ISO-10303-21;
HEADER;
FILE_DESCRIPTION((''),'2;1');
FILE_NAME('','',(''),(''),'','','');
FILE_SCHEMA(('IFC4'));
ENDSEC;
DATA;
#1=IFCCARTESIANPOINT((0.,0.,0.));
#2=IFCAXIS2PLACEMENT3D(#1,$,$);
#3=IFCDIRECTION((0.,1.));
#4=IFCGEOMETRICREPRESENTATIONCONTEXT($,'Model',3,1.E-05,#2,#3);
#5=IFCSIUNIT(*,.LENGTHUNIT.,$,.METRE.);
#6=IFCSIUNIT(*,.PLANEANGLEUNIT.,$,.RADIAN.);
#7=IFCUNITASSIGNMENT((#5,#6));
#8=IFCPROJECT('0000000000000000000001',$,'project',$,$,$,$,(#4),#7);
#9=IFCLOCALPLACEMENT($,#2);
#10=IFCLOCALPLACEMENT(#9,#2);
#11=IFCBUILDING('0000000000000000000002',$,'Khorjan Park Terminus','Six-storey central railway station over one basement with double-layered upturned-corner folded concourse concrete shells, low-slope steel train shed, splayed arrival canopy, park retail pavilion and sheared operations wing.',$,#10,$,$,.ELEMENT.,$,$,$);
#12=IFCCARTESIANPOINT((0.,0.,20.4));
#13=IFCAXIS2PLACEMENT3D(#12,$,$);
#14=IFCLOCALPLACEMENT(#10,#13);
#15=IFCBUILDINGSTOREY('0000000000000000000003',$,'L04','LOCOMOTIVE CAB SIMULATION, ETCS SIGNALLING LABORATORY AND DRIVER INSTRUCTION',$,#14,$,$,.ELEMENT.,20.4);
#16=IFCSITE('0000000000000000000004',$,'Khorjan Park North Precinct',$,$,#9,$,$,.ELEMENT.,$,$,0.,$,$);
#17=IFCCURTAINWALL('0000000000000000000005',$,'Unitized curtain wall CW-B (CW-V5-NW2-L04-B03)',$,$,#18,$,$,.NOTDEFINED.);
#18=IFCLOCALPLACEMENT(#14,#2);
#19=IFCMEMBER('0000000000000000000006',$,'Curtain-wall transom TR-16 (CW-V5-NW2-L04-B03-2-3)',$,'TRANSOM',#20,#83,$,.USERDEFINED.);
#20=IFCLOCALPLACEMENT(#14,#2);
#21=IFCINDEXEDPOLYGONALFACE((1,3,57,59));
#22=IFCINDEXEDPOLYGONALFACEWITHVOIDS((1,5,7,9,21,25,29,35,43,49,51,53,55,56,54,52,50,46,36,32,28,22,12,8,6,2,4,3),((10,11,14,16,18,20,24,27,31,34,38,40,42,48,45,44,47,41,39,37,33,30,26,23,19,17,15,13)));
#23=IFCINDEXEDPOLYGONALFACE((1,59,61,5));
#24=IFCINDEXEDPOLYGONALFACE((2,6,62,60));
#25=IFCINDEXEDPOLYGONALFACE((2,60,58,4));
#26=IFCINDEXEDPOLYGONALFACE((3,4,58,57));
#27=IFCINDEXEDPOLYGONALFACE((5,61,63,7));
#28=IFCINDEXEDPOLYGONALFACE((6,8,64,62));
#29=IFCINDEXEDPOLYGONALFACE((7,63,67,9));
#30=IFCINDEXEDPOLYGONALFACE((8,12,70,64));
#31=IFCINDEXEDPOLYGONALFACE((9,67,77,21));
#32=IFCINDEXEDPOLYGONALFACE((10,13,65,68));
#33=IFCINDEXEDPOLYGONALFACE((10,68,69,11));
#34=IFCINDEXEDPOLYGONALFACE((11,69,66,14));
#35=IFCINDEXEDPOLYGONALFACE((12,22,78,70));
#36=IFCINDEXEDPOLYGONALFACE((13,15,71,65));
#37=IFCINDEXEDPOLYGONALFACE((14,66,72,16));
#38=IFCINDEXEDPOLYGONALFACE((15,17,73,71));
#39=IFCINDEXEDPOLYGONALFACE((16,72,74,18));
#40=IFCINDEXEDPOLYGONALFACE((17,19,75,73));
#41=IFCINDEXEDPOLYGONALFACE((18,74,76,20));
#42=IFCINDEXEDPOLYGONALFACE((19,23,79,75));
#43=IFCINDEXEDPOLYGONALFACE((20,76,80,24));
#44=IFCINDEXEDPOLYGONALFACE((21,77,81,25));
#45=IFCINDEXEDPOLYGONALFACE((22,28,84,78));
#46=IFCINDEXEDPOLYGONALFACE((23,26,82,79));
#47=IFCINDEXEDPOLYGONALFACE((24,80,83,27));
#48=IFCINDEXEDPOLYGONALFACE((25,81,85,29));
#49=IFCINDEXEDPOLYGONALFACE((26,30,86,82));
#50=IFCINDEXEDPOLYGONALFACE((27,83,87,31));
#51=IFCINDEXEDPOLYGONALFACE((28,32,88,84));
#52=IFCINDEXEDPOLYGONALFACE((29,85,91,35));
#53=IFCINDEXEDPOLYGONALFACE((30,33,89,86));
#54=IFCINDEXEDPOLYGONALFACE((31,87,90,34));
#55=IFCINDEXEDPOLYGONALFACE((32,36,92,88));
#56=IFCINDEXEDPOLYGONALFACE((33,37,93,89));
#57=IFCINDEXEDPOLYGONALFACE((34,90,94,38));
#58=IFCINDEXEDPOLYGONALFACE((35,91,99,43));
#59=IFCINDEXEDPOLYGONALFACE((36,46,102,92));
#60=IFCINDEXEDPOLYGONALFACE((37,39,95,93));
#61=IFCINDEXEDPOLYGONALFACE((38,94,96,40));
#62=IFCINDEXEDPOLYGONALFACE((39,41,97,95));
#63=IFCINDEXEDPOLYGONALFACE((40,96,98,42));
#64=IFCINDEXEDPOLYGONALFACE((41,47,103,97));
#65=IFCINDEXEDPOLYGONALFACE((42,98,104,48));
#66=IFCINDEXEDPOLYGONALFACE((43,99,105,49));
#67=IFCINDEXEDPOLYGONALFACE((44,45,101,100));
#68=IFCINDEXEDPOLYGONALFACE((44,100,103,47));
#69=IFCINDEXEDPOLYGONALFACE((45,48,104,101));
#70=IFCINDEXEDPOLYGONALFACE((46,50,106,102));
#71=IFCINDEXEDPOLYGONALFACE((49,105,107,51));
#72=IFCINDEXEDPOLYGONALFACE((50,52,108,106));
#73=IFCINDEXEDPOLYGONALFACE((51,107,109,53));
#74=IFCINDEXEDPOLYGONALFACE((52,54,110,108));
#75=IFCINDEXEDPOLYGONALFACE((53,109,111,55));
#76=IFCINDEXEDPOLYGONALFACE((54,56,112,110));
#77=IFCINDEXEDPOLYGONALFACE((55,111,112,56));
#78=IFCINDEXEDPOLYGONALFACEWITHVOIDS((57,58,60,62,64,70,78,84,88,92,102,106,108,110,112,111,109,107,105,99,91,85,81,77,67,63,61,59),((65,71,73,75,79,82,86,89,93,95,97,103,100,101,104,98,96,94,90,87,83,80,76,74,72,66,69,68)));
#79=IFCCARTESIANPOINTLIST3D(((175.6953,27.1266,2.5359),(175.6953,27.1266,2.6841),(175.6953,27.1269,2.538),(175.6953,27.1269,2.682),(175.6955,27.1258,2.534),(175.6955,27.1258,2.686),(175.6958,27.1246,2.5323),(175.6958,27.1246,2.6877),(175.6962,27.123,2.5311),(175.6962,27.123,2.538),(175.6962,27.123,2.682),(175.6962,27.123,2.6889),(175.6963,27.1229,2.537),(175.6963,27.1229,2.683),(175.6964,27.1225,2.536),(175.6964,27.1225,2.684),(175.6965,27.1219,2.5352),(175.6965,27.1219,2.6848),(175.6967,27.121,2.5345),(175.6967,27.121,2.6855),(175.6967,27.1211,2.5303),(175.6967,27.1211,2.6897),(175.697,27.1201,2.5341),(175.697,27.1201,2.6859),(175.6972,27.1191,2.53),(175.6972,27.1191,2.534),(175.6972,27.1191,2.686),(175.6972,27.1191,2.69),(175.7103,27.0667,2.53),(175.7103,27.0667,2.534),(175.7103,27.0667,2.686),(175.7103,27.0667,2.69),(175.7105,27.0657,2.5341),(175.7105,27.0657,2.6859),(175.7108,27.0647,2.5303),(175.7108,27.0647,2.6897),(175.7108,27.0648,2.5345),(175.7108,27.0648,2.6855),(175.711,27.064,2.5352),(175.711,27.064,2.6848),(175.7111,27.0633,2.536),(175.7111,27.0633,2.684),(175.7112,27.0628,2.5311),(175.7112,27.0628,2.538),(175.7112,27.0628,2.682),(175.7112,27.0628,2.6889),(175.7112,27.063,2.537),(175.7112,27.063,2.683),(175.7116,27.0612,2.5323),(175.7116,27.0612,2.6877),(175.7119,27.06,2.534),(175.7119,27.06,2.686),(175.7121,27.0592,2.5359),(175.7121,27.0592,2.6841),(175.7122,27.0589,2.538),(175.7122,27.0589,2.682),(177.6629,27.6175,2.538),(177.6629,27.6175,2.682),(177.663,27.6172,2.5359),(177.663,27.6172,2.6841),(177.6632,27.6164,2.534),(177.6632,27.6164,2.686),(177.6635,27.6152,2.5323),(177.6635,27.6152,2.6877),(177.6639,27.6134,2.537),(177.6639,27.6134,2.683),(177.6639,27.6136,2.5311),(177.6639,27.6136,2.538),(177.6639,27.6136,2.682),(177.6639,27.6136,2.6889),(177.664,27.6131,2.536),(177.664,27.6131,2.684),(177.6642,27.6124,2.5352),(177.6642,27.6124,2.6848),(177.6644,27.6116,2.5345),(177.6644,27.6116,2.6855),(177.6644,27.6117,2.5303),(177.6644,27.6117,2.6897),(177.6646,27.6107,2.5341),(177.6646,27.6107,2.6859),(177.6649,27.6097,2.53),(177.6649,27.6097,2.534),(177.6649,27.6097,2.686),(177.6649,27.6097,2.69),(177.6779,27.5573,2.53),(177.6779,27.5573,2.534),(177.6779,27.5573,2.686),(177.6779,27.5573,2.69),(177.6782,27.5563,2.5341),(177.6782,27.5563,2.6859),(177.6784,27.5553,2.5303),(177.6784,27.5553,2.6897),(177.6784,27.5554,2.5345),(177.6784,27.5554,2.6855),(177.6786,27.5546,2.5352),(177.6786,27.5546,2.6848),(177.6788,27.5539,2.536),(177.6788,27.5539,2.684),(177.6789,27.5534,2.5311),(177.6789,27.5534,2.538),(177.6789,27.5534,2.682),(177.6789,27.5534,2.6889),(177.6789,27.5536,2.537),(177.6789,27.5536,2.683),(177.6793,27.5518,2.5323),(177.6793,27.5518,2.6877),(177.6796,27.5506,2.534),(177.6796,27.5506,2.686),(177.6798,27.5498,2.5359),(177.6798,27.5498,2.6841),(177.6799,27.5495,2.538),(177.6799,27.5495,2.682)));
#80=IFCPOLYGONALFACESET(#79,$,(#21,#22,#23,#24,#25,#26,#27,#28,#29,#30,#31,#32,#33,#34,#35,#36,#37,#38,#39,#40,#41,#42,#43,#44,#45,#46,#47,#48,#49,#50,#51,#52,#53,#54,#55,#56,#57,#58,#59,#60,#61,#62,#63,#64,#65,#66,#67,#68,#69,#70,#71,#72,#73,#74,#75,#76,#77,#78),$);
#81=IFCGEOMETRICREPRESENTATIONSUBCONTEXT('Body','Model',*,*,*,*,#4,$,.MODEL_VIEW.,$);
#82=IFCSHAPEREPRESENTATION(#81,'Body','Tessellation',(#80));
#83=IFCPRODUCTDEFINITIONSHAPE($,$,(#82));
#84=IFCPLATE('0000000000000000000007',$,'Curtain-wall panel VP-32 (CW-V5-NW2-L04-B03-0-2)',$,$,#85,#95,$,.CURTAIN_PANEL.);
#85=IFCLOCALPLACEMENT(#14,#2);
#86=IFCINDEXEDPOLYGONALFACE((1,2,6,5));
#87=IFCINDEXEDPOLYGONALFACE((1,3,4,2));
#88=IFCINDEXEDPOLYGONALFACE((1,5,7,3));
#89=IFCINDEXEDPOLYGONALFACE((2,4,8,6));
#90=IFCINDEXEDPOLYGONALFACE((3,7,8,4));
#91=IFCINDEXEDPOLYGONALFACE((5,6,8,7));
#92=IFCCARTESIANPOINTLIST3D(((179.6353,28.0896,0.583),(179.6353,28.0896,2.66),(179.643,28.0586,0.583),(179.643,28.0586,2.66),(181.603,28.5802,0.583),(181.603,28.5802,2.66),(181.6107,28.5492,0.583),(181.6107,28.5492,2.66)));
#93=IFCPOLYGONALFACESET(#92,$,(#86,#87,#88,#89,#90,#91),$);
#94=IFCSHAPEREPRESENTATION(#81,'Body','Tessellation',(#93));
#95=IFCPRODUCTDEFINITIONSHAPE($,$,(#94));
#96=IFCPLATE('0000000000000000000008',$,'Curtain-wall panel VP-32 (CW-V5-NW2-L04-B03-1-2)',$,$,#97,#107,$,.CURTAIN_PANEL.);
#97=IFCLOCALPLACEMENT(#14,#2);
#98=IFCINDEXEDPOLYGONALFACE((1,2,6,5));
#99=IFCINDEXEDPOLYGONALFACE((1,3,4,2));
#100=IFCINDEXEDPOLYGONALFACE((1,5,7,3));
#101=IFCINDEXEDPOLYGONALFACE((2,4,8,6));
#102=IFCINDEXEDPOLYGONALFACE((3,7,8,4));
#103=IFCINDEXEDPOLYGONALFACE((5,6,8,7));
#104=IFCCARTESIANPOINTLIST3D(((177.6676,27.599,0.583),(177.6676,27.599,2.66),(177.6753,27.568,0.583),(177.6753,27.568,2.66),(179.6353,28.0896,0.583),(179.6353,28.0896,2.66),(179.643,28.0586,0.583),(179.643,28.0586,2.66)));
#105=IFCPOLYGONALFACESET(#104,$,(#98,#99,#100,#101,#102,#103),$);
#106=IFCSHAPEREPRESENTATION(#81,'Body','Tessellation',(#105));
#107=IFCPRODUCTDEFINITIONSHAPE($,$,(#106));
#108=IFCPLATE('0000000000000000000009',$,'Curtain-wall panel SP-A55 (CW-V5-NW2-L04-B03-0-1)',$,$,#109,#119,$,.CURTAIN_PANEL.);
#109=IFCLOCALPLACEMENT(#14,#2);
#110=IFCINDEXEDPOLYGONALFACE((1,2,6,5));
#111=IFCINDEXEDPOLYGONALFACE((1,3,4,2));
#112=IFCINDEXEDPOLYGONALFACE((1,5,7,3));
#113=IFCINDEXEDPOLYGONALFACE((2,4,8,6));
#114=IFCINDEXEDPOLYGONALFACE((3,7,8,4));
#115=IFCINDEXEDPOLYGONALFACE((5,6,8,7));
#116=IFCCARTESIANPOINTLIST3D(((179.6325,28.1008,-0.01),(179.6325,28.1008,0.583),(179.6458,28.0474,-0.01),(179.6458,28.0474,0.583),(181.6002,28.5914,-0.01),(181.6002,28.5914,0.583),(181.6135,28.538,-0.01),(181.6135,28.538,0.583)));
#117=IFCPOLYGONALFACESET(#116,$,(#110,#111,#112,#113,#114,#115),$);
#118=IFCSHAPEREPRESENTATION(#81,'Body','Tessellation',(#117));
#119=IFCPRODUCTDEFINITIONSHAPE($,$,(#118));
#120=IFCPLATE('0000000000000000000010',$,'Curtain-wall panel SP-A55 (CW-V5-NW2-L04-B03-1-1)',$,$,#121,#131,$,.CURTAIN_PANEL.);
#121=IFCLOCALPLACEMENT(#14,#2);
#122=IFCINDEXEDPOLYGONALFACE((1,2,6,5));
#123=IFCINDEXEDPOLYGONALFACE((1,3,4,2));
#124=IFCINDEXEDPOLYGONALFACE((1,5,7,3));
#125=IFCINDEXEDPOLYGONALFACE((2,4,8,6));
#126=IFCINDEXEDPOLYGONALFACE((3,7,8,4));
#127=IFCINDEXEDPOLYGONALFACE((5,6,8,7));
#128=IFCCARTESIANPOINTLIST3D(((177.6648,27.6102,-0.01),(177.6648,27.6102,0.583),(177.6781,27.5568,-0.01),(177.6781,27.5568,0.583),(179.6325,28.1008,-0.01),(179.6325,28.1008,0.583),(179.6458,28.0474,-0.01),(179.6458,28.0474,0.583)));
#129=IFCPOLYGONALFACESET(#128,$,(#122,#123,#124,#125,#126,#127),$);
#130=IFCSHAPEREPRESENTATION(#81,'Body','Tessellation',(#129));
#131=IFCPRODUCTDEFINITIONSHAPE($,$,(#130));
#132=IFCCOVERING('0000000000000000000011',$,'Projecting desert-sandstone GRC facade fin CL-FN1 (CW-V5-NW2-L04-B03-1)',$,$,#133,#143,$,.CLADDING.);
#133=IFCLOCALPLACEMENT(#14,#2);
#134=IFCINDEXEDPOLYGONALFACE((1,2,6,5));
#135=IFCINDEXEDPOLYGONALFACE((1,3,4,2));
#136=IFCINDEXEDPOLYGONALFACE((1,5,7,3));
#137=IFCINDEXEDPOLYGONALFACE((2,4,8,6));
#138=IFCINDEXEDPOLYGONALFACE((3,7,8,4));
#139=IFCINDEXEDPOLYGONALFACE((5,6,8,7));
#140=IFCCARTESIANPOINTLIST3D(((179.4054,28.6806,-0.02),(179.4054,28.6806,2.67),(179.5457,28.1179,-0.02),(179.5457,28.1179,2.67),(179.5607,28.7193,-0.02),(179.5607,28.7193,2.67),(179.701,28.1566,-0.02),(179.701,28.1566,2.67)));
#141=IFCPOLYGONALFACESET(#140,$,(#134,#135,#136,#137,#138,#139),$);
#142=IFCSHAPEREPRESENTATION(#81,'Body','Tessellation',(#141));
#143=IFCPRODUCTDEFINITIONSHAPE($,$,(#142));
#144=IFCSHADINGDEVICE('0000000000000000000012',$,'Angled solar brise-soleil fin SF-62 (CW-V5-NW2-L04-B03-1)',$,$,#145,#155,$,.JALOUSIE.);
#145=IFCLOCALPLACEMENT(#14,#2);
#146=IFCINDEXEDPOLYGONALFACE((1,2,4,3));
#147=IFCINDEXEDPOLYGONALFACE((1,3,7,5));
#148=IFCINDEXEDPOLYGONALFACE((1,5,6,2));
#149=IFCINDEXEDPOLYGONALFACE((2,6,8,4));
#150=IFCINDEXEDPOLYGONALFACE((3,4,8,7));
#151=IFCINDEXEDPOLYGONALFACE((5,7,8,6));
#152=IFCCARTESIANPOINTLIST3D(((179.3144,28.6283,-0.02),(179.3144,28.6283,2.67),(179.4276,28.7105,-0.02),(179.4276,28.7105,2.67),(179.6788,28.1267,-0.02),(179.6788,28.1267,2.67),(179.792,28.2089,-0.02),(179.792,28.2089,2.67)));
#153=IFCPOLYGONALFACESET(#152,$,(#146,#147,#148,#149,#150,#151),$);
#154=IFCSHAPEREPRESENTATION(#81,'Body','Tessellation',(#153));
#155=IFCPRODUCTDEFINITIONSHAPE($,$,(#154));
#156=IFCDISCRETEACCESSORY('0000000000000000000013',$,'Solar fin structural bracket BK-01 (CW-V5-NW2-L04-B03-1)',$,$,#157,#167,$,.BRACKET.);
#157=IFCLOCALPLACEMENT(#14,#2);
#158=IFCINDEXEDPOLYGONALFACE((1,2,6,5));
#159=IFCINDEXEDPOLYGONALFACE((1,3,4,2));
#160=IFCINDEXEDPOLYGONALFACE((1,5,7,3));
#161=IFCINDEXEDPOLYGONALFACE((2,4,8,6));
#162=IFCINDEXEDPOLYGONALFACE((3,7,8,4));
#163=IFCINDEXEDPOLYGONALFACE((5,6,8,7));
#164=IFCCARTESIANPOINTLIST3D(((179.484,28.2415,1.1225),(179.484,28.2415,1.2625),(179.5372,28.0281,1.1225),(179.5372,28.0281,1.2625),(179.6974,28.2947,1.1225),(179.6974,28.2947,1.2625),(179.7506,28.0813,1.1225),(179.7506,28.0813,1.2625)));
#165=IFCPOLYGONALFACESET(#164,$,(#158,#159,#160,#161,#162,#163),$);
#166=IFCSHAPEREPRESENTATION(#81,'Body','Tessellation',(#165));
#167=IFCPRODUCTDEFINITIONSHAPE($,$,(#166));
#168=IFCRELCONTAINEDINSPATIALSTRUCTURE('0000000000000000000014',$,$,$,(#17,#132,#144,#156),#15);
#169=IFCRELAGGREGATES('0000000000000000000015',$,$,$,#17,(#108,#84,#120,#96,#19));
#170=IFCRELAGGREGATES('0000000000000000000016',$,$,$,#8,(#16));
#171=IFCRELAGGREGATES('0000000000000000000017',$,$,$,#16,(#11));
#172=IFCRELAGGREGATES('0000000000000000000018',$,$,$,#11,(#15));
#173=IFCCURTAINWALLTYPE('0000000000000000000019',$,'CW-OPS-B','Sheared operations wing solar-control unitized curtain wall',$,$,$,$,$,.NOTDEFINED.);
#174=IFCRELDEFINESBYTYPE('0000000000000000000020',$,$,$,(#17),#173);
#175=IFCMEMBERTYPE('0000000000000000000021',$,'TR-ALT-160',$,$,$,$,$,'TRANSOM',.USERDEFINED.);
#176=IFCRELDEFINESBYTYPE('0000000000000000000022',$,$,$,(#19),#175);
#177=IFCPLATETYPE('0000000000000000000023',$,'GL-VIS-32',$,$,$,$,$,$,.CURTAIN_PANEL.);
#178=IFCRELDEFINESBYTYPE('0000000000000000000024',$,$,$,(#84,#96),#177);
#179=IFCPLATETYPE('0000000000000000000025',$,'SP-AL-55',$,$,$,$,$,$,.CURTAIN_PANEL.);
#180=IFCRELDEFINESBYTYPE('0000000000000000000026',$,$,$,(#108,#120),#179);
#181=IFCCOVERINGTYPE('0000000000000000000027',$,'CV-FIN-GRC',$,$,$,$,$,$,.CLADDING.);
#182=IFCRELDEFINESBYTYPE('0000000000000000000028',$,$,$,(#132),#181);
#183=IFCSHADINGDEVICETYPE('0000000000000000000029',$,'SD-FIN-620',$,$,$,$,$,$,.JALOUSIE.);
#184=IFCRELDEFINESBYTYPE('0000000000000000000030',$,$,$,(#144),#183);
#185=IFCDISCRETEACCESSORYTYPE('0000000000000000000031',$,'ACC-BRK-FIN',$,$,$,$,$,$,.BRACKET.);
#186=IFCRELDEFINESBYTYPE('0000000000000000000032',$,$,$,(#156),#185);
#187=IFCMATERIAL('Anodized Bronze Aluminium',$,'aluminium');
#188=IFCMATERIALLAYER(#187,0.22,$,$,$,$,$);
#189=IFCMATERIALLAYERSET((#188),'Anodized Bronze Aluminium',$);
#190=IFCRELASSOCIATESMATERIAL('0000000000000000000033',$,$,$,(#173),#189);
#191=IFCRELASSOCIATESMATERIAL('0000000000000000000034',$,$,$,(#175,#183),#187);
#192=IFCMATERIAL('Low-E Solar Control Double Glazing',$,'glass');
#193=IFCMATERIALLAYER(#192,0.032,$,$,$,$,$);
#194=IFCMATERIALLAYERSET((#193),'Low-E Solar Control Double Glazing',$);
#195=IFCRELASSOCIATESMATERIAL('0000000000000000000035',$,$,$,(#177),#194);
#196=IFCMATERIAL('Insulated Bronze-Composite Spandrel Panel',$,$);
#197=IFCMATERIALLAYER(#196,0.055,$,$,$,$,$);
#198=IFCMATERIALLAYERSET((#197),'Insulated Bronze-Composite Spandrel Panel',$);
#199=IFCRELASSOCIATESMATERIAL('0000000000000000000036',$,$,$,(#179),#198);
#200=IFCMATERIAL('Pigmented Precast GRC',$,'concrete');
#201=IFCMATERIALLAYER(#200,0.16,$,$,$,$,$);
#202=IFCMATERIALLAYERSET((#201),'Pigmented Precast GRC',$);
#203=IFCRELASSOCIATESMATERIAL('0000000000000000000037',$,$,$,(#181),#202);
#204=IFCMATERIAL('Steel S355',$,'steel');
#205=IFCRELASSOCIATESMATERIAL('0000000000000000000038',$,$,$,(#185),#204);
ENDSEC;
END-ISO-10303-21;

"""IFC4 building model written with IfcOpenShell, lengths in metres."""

from ifc_helpers import new_model, si_unit, direction, frame, origin, origin_2d, place, context, subcontext, project, spatial, rectangle, hollow_rectangle, extrude, material, layer, layer_set, material_profile, profile_set, type_object, element, aggregate, save


model = new_model("IFC4")

# Units and contexts
model_context = context("Model", 3, precision=1e-05, world=origin(), true_north=direction((0.0, 1.0)))
body_context = subcontext(model_context, "Body", "Model", "MODEL_VIEW")
ifc_project = project(units=[si_unit("LENGTHUNIT", "METRE"), si_unit("PLANEANGLEUNIT", "RADIAN")], contexts=[model_context])

# Site, building, storey
site_placement = place(None, origin())
site = spatial("IfcSite", under=ifc_project, at=site_placement, Name="Khorjan Park North Precinct", CompositionType="ELEMENT", RefElevation=0.0)
building_placement = place(site_placement, origin())
building = spatial("IfcBuilding", under=site, at=building_placement, Name="Khorjan Park Terminus", Description="Six-storey central railway station over one basement with double-layered upturned-corner folded concourse concrete shells, low-slope steel train shed, splayed arrival canopy, park retail pavilion and sheared operations wing.", CompositionType="ELEMENT")
storey_placement = place(building_placement, frame((0.0, 0.0, 20.4)))
storey = spatial("IfcBuildingStorey", under=building, at=storey_placement, Name="L04", Description="LOCOMOTIVE CAB SIMULATION, ETCS SIGNALLING LABORATORY AND DRIVER INSTRUCTION", CompositionType="ELEMENT", Elevation=20.4)

# Curtain wall, member, plates
ifc_material_1 = material(Name="Anodized Bronze Aluminium", Category="aluminium")
ifc_layer_1 = layer(ifc_material_1, 0.22)
ifc_layer_set_1 = layer_set([ifc_layer_1], Name="Anodized Bronze Aluminium")
curtain_wall_type = type_object("IfcCurtainWallType", Name="CW-OPS-B", Description="Sheared operations wing solar-control unitized curtain wall", PredefinedType="NOTDEFINED", material=ifc_layer_set_1)
curtain_wall_placement = place(storey_placement, origin())
curtain_wall = element("IfcCurtainWall", 1, at=curtain_wall_placement, inside=storey, type_object=curtain_wall_type, Name="Unitized curtain wall CW-B (CW-V5-NW2-L04-B03)", PredefinedType="NOTDEFINED")
ifc_material_profile_1 = material_profile(ifc_material_1, hollow_rectangle(XDim=0.07, YDim=0.16, WallThickness=0.004, InnerFilletRadius=0.004, OuterFilletRadius=0.008, at=origin_2d()), Name="ALT 70x160x4")
ifc_profile_set_1 = profile_set([ifc_material_profile_1], Name="Anodized Bronze Aluminium")
member_type_1 = type_object("IfcMemberType", Name="TR-ALT-160", ElementType="TRANSOM", PredefinedType="USERDEFINED", material=ifc_profile_set_1)
member_1_placement = place(storey_placement, frame((177.6714, 27.5835, 2.61), z_axis=(-0.970296, -0.241921, 0.0), x_axis=(0.241921, -0.970296, 0.0)))
member_1 = element("IfcMember", 2, at=member_1_placement, type_object=member_type_1, Name="Curtain-wall transom TR-16 (CW-V5-NW2-L04-B03-2-3)", ObjectType="TRANSOM", PredefinedType="USERDEFINED", context=body_context, shape_type="SweptSolid", body=[
    extrude(hollow_rectangle(XDim=0.07, YDim=0.16, WallThickness=0.004, InnerFilletRadius=0.004, OuterFilletRadius=0.008, at=origin_2d()), origin(), (0.0, 0.0, 1.0), 2.0279),
])
ifc_material_2 = material(Name="Low-E Solar Control Double Glazing", Category="glass")
ifc_layer_2 = layer(ifc_material_2, 0.032)
ifc_layer_set_2 = layer_set([ifc_layer_2], Name="Low-E Solar Control Double Glazing")
plate_type_1 = type_object("IfcPlateType", Name="GL-VIS-32", PredefinedType="CURTAIN_PANEL", material=ifc_layer_set_2)
plate_1_placement = place(storey_placement, frame((180.623, 28.3194, 0.583), z_axis=(0.0, 0.0, 1.0), x_axis=(-0.970296, -0.241921, 0.0)))
plate_1 = element("IfcPlate", 3, at=plate_1_placement, type_object=plate_type_1, Name="Curtain-wall panel VP-32 (CW-V5-NW2-L04-B03-0-2)", PredefinedType="CURTAIN_PANEL", context=body_context, shape_type="SweptSolid", body=[
    extrude(rectangle(XDim=2.0279, YDim=0.032, at=origin_2d()), origin(), (0.0, 0.0, 1.0), 2.077),
])
plate_2_placement = place(storey_placement, frame((178.6553, 27.8288, 0.583), z_axis=(0.0, 0.0, 1.0), x_axis=(-0.970296, -0.241921, 0.0)))
plate_2 = element("IfcPlate", 4, at=plate_2_placement, type_object=plate_type_1, Name="Curtain-wall panel VP-32 (CW-V5-NW2-L04-B03-1-2)", PredefinedType="CURTAIN_PANEL", context=body_context, shape_type="SweptSolid", body=[
    extrude(rectangle(XDim=2.0279, YDim=0.032, at=origin_2d()), origin(), (0.0, 0.0, 1.0), 2.077),
])
ifc_material_3 = material(Name="Insulated Bronze-Composite Spandrel Panel")
ifc_layer_3 = layer(ifc_material_3, 0.055)
ifc_layer_set_3 = layer_set([ifc_layer_3], Name="Insulated Bronze-Composite Spandrel Panel")
plate_type_2 = type_object("IfcPlateType", Name="SP-AL-55", PredefinedType="CURTAIN_PANEL", material=ifc_layer_set_3)
plate_3_placement = place(storey_placement, frame((180.623, 28.3194, -0.01), z_axis=(0.0, 0.0, 1.0), x_axis=(-0.970296, -0.241921, 0.0)))
plate_3 = element("IfcPlate", 5, at=plate_3_placement, type_object=plate_type_2, Name="Curtain-wall panel SP-A55 (CW-V5-NW2-L04-B03-0-1)", PredefinedType="CURTAIN_PANEL", context=body_context, shape_type="SweptSolid", body=[
    extrude(rectangle(XDim=2.0279, YDim=0.055, at=origin_2d()), origin(), (0.0, 0.0, 1.0), 0.593),
])
plate_4_placement = place(storey_placement, frame((178.6553, 27.8288, -0.01), z_axis=(0.0, 0.0, 1.0), x_axis=(-0.970296, -0.241921, 0.0)))
plate_4 = element("IfcPlate", 6, at=plate_4_placement, type_object=plate_type_2, Name="Curtain-wall panel SP-A55 (CW-V5-NW2-L04-B03-1-1)", PredefinedType="CURTAIN_PANEL", context=body_context, shape_type="SweptSolid", body=[
    extrude(rectangle(XDim=2.0279, YDim=0.055, at=origin_2d()), origin(), (0.0, 0.0, 1.0), 0.593),
])
aggregate(curtain_wall, [plate_3, plate_1, plate_4, plate_2, member_1])

# Covering
ifc_material_4 = material(Name="Pigmented Precast GRC", Category="concrete")
ifc_layer_4 = layer(ifc_material_4, 0.16)
ifc_layer_set_4 = layer_set([ifc_layer_4], Name="Pigmented Precast GRC")
covering_type = type_object("IfcCoveringType", Name="CV-FIN-GRC", PredefinedType="CLADDING", material=ifc_layer_set_4)
covering_placement = place(storey_placement, frame((179.5532, 28.4186, -0.02), z_axis=(0.0, 0.0, 1.0), x_axis=(0.241922, -0.970296, 0.0)))
element("IfcCovering", 7, at=covering_placement, inside=storey, type_object=covering_type, Name="Projecting desert-sandstone GRC facade fin CL-FN1 (CW-V5-NW2-L04-B03-1)", PredefinedType="CLADDING", context=body_context, shape_type="SweptSolid", body=[
    extrude(rectangle(XDim=0.58, YDim=0.16, at=origin_2d()), origin(), (0.0, 0.0, 1.0), 2.69),
])

# Shading device
shading_device_type = type_object("IfcShadingDeviceType", Name="SD-FIN-620", PredefinedType="JALOUSIE", material=ifc_material_1)
shading_device_placement = place(storey_placement, frame((179.5532, 28.4186, -0.02), z_axis=(0.0, 0.0, 1.0), x_axis=(0.587785, -0.809017, 0.0)))
element("IfcShadingDevice", 8, at=shading_device_placement, inside=storey, type_object=shading_device_type, Name="Angled solar brise-soleil fin SF-62 (CW-V5-NW2-L04-B03-1)", PredefinedType="JALOUSIE", context=body_context, shape_type="SweptSolid", body=[
    extrude(rectangle(XDim=0.62, YDim=0.14, at=origin_2d()), origin(), (0.0, 0.0, 1.0), 2.69),
])

# Discrete accessory
ifc_material_5 = material(Name="Steel S355", Category="steel")
discrete_accessory_type = type_object("IfcDiscreteAccessoryType", Name="ACC-BRK-FIN", PredefinedType="BRACKET", material=ifc_material_5)
discrete_accessory_placement = place(storey_placement, frame((179.6173, 28.1614, 1.1225), z_axis=(0.0, 0.0, 1.0), x_axis=(-0.970296, -0.241921, 0.0)))
element("IfcDiscreteAccessory", 9, at=discrete_accessory_placement, inside=storey, type_object=discrete_accessory_type, Name="Solar fin structural bracket BK-01 (CW-V5-NW2-L04-B03-1)", PredefinedType="BRACKET", context=body_context, shape_type="SweptSolid", body=[
    extrude(rectangle(XDim=0.22, YDim=0.22, at=origin_2d()), origin(), (0.0, 0.0, 1.0), 0.14),
])

save(model, "model.ifc")
